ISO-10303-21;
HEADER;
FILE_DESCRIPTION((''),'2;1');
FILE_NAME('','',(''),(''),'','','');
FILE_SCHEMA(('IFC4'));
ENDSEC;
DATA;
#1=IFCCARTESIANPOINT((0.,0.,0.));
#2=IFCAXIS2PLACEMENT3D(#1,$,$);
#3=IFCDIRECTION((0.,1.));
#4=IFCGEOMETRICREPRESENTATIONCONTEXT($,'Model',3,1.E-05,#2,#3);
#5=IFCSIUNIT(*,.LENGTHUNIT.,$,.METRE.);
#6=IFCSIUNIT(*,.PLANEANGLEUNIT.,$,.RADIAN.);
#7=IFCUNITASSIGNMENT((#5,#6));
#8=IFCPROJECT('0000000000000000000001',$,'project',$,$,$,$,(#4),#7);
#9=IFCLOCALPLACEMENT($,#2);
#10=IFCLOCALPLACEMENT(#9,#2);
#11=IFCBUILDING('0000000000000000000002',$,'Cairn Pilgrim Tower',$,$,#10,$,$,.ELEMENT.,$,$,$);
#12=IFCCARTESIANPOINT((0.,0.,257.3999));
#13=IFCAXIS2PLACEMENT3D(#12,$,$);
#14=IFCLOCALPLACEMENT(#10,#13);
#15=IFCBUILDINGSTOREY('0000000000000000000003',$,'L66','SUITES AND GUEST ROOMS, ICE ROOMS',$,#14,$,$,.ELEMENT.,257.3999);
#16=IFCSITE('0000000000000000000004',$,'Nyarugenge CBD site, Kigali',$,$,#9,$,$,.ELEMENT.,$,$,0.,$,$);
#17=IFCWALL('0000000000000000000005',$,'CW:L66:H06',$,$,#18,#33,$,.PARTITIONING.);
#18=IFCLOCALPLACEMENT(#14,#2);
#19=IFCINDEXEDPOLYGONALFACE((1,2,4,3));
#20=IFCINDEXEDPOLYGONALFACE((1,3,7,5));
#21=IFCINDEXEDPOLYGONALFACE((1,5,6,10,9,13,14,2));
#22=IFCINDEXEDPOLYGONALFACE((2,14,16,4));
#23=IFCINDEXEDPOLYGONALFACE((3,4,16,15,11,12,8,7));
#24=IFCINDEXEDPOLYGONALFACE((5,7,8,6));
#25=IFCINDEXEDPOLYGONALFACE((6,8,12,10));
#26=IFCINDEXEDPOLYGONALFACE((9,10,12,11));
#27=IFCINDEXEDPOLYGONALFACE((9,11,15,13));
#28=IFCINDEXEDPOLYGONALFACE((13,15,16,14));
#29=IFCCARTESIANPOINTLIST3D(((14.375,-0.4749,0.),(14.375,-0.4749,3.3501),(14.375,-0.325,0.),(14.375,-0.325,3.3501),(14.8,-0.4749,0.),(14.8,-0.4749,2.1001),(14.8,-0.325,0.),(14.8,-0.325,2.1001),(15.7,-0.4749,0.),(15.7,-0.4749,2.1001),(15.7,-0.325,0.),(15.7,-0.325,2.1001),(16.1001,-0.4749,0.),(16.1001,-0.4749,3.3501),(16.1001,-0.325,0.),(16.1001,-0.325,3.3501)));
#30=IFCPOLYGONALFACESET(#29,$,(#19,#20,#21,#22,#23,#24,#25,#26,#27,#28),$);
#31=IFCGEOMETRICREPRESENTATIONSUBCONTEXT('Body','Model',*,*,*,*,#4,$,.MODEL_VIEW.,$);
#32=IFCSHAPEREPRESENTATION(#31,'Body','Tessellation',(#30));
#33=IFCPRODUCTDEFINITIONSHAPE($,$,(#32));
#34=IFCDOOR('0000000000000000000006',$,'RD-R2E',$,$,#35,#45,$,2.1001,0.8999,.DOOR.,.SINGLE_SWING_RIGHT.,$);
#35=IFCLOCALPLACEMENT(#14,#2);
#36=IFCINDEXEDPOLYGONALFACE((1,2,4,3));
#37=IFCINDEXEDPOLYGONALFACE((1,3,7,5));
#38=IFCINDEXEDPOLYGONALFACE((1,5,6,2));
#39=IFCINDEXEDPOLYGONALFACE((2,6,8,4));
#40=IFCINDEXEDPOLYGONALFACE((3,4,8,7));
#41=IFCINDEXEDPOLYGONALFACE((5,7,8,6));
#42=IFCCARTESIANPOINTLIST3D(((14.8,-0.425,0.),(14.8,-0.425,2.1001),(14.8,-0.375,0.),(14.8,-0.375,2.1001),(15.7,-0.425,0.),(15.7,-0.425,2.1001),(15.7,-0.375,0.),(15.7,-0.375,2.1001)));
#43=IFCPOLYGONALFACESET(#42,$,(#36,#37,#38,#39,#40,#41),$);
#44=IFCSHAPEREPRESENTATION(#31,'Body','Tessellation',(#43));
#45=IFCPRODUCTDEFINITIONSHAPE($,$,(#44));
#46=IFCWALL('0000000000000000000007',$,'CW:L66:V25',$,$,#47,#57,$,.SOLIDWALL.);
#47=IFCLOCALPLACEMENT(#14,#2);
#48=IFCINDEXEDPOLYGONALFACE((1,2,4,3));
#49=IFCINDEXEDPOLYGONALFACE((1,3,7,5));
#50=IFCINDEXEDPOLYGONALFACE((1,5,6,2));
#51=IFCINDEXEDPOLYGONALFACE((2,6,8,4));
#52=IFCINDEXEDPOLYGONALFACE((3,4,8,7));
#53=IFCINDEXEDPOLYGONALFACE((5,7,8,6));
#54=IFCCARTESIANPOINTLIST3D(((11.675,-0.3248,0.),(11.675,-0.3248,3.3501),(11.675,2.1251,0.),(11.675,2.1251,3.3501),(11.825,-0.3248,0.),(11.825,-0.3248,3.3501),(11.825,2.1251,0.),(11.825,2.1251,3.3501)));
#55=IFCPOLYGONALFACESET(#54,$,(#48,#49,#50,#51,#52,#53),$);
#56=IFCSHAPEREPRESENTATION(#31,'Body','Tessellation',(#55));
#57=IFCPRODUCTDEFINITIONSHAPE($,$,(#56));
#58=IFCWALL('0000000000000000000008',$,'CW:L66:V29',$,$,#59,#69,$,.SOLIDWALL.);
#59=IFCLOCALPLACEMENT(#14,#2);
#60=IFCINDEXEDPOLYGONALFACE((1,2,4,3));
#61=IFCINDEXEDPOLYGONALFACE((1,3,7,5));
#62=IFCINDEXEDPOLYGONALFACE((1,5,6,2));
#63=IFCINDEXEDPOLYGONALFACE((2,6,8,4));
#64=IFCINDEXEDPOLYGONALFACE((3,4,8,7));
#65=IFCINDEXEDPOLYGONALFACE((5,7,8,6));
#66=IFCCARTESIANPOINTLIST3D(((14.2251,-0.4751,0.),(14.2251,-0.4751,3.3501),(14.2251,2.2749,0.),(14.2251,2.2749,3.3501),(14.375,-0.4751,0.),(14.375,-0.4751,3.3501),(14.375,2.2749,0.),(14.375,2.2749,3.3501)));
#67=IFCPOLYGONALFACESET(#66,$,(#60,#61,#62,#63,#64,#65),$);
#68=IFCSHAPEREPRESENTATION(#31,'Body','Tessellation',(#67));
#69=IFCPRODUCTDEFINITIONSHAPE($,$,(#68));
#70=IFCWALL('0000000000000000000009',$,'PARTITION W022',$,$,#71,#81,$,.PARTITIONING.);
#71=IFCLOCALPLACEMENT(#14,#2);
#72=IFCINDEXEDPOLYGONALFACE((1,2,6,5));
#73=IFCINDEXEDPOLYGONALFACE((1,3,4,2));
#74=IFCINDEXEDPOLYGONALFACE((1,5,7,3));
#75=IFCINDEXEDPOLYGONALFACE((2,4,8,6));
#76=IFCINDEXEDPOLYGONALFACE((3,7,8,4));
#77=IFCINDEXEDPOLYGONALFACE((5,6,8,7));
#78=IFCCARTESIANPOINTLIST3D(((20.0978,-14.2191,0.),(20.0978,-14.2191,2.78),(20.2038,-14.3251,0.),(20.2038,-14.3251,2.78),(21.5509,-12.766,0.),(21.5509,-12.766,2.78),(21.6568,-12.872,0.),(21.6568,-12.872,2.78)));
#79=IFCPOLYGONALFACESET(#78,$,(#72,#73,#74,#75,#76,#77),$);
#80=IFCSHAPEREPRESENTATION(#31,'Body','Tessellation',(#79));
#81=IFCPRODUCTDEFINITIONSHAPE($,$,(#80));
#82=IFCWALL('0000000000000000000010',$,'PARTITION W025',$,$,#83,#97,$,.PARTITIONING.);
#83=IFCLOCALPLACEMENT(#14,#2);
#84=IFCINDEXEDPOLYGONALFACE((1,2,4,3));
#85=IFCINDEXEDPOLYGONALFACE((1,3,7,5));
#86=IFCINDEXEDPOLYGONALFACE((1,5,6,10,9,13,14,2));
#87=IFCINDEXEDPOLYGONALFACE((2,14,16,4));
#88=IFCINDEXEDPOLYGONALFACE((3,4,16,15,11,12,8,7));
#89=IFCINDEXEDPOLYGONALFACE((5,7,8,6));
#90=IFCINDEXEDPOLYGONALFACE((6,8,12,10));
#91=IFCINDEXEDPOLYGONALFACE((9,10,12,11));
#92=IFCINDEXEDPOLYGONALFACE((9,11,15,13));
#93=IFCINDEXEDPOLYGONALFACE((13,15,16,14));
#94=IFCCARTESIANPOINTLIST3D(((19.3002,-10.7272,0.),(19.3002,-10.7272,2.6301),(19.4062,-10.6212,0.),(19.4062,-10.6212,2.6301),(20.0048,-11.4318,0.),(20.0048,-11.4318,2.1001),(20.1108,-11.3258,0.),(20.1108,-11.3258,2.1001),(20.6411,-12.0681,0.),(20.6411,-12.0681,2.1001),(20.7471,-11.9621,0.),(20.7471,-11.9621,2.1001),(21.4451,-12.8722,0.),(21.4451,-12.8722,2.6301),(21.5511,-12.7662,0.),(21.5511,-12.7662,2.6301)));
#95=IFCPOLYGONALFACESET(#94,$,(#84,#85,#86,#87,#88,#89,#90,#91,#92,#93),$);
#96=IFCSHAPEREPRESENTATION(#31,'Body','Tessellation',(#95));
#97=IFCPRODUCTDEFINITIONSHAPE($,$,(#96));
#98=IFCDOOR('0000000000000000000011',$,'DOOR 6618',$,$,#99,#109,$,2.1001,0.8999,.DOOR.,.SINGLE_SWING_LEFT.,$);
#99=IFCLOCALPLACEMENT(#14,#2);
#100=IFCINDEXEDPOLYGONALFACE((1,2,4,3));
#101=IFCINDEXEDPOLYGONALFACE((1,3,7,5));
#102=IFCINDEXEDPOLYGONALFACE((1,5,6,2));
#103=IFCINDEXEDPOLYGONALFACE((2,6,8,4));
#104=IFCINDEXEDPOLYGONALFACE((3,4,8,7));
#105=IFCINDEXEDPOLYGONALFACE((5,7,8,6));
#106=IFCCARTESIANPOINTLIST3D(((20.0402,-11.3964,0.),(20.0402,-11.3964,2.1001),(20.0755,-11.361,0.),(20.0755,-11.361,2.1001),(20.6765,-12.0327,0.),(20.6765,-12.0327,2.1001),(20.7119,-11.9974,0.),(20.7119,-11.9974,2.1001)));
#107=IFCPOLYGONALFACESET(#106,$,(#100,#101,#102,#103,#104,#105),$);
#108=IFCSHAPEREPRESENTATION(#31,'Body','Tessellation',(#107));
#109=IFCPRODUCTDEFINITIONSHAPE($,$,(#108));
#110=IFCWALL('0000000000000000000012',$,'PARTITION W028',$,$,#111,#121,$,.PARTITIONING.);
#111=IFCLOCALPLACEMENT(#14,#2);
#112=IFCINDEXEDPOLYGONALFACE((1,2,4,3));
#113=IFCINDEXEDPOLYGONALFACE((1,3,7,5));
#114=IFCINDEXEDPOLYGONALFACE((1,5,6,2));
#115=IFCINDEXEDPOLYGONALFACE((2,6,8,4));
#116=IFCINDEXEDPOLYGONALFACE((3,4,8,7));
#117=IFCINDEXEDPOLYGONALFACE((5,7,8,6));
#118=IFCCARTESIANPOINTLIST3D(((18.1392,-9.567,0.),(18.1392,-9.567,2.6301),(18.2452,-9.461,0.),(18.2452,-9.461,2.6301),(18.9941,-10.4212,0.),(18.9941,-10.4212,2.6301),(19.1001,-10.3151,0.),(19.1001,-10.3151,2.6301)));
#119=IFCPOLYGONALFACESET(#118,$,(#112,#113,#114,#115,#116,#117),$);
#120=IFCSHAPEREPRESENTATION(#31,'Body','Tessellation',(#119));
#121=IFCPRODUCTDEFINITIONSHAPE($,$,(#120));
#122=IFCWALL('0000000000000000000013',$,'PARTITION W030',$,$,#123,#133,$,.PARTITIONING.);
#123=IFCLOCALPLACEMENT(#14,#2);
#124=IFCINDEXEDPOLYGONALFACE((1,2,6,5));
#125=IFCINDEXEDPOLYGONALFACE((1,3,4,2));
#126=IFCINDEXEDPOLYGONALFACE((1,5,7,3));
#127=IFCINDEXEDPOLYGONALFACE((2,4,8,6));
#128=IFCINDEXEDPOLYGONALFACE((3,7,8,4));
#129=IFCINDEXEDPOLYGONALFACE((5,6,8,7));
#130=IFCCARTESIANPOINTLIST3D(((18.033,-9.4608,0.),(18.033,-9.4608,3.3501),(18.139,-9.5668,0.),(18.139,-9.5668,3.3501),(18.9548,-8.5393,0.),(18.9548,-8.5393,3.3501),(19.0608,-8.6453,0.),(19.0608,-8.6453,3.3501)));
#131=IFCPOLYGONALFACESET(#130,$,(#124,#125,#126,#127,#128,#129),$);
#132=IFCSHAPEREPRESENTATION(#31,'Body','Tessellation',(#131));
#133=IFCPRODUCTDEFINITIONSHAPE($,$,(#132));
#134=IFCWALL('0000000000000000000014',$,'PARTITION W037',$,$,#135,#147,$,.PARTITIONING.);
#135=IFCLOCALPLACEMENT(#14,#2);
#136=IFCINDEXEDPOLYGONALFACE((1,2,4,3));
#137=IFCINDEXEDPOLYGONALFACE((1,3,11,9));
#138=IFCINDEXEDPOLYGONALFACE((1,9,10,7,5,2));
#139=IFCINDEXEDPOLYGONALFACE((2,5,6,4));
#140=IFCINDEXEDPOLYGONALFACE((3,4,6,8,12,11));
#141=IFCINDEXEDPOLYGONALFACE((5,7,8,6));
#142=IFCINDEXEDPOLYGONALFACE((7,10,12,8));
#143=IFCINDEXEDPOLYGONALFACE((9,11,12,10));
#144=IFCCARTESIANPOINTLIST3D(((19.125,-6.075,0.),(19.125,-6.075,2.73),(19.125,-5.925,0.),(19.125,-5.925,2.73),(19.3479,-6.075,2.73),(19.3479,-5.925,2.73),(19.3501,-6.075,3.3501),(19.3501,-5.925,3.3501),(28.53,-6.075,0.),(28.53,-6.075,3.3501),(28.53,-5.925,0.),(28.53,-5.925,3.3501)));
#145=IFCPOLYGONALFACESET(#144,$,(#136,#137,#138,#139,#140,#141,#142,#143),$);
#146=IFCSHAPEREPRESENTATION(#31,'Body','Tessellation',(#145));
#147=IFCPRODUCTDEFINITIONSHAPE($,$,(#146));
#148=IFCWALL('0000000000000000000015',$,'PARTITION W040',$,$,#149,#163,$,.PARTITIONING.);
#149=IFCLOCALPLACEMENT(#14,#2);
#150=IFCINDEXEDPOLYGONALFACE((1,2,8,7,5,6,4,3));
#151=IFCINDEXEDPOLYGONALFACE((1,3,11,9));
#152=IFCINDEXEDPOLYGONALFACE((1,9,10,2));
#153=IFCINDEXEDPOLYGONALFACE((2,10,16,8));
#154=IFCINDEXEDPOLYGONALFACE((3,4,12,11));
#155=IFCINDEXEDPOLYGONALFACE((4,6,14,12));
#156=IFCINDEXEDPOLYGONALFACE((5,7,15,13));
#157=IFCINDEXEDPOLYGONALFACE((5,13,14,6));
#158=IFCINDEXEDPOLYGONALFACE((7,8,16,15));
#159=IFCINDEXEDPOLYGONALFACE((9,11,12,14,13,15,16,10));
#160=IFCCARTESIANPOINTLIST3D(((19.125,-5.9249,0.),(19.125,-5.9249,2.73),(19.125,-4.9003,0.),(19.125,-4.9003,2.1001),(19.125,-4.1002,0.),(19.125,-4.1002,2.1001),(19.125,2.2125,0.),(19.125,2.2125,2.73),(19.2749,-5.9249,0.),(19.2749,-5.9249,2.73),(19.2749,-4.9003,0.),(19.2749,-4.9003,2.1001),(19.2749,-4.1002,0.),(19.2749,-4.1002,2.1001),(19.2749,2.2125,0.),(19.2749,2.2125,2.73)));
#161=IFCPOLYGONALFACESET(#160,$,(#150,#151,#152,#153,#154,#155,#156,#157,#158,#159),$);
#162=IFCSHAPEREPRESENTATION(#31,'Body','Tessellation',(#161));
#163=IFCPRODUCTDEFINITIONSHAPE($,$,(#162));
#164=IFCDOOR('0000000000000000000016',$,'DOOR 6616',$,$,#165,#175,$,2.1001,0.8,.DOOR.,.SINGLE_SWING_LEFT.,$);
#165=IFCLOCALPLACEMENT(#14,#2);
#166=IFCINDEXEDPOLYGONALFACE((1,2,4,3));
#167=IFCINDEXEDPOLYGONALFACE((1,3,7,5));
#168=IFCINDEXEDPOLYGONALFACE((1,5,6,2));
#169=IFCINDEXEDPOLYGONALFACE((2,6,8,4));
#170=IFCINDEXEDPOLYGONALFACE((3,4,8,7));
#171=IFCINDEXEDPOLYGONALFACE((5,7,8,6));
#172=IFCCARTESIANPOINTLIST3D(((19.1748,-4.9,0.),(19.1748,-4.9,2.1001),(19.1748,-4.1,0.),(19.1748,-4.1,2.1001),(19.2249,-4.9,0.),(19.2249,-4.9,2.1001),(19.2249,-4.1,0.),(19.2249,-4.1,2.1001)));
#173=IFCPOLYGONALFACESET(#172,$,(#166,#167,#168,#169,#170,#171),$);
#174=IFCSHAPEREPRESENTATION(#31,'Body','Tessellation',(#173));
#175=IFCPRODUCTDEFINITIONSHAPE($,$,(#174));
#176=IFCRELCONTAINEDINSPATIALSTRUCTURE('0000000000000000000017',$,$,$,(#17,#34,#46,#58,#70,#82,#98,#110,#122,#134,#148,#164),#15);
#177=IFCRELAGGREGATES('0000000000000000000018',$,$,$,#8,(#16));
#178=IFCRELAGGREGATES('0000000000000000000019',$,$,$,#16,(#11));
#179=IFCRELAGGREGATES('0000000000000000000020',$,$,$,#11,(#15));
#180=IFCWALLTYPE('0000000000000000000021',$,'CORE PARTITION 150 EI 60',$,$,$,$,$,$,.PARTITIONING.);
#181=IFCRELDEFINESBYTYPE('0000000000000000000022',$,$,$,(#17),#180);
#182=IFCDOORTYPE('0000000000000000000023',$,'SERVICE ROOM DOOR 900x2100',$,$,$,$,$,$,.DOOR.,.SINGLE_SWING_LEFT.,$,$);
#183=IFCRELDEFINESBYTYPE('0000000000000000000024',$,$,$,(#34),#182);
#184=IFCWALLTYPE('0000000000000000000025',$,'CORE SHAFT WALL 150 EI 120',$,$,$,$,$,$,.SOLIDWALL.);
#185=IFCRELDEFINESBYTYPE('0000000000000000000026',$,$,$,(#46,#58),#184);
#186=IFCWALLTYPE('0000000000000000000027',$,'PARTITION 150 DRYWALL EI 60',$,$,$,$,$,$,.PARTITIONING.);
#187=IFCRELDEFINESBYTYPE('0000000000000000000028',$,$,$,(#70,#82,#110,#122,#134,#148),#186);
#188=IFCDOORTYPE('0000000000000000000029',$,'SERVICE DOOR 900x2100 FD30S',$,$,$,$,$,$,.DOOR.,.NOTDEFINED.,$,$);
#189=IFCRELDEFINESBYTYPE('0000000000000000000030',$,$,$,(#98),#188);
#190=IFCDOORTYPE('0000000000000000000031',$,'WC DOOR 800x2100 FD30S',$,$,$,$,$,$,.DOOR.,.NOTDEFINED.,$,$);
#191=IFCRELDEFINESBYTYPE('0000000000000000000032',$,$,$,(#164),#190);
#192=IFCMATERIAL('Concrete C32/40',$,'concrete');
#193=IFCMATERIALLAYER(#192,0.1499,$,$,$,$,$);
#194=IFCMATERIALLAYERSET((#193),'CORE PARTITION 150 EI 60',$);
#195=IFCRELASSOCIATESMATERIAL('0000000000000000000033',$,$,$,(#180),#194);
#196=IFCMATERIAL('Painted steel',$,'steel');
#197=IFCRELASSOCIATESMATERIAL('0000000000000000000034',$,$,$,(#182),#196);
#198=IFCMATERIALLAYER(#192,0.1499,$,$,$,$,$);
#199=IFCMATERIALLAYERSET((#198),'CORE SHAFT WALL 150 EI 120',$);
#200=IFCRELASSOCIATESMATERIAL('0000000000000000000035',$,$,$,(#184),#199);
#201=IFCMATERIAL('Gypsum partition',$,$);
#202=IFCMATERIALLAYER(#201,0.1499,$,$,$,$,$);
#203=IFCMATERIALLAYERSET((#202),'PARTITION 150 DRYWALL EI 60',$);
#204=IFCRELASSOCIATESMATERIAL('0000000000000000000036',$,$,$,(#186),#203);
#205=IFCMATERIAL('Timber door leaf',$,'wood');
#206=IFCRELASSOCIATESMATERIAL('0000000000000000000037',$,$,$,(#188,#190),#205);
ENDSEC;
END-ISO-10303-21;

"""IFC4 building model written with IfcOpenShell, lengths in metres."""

from ifc_helpers import new_model, si_unit, direction, frame, frame_2d, origin, place, context, subcontext, project, spatial, polyline, rectangle, outline, extrude, material, layer, layer_set, type_object, element, fill, save


model = new_model("IFC4")

# Units and contexts
model_context = context("Model", 3, precision=1e-05, world=origin(), true_north=direction((0.0, 1.0)))
body_context = subcontext(model_context, "Body", "Model", "MODEL_VIEW")
ifc_project = project(units=[si_unit("LENGTHUNIT", "METRE"), si_unit("PLANEANGLEUNIT", "RADIAN")], contexts=[model_context])

# Site, building, storey
site_placement = place(None, origin())
site = spatial("IfcSite", under=ifc_project, at=site_placement, Name="Nyarugenge CBD site, Kigali", CompositionType="ELEMENT", RefElevation=0.0)
building_placement = place(site_placement, origin())
building = spatial("IfcBuilding", under=site, at=building_placement, Name="Cairn Pilgrim Tower", CompositionType="ELEMENT")
storey_placement = place(building_placement, frame((0.0, 0.0, 257.3999)))
storey = spatial("IfcBuildingStorey", under=building, at=storey_placement, Name="L66", Description="SUITES AND GUEST ROOMS, ICE ROOMS", CompositionType="ELEMENT", Elevation=257.3999)

# Shared definitions
ifc_material_1 = material(Name="Concrete C32/40", Category="concrete")

# Shared definitions
ifc_material_2 = material(Name="Painted steel", Category="steel")

# Wall, opening, door
ifc_layer_1 = layer(ifc_material_1, 0.1499)
ifc_layer_set_1 = layer_set([ifc_layer_1], Name="CORE PARTITION 150 EI 60")
wall_type_1 = type_object("IfcWallType", Name="CORE PARTITION 150 EI 60", PredefinedType="PARTITIONING", material=ifc_layer_set_1)
wall_1_placement = place(storey_placement, frame((14.375, -0.3999, 0.0), z_axis=(0.0, 0.0, 1.0), x_axis=(1.0, 0.0, 0.0)))
wall_1 = element("IfcWall", 1, at=wall_1_placement, inside=storey, type_object=wall_type_1, Name="CW:L66:H06", PredefinedType="PARTITIONING", context=body_context, shape_type="SweptSolid", body=[
    extrude(rectangle(XDim=1.7251, YDim=0.1499, at=frame_2d((0.8625, 0.0))), origin(), (0.0, 0.0, 1.0), 3.3501),
])
opening_1_placement = place(wall_1_placement, frame((0.425, 0.0, 0.0)))
opening_1 = element("IfcOpeningElement", 2, at=opening_1_placement, cuts=wall_1, PredefinedType="OPENING", context=body_context, shape_type="SweptSolid", body=[
    extrude(rectangle(XDim=0.8999, YDim=2.1001, at=frame_2d((0.45, 1.05))), frame((0.0, 0.085, 0.0), z_axis=(0.0, -1.0, 0.0), x_axis=(1.0, 0.0, 0.0)), (0.0, 0.0, 1.0), 0.1699),
])
door_type_1 = type_object("IfcDoorType", Name="SERVICE ROOM DOOR 900x2100", OperationType="SINGLE_SWING_LEFT", PredefinedType="DOOR", material=ifc_material_2)
door_1_placement = place(opening_1_placement, origin())
door_1 = element("IfcDoor", 3, at=door_1_placement, inside=storey, type_object=door_type_1, Name="RD-R2E", OperationType="SINGLE_SWING_RIGHT", OverallHeight=2.1001, OverallWidth=0.8999, PredefinedType="DOOR", context=body_context, shape_type="SweptSolid", body=[
    extrude(rectangle(XDim=0.8999, YDim=2.1001, at=frame_2d((0.45, 1.05))), frame((0.0, 0.0249, 0.0), z_axis=(0.0, -1.0, 0.0), x_axis=(1.0, 0.0, 0.0)), (0.0, 0.0, 1.0), 0.05),
])
fill(opening_1, door_1)

# Walls
ifc_layer_2 = layer(ifc_material_1, 0.1499)
ifc_layer_set_2 = layer_set([ifc_layer_2], Name="CORE SHAFT WALL 150 EI 120")
wall_type_2 = type_object("IfcWallType", Name="CORE SHAFT WALL 150 EI 120", PredefinedType="SOLIDWALL", material=ifc_layer_set_2)
wall_2_placement = place(storey_placement, frame((11.75, -0.325, 0.0), z_axis=(0.0, 0.0, 1.0), x_axis=(0.0, 1.0, 0.0)))
element("IfcWall", 4, at=wall_2_placement, inside=storey, type_object=wall_type_2, Name="CW:L66:V25", PredefinedType="SOLIDWALL", context=body_context, shape_type="SweptSolid", body=[
    extrude(rectangle(XDim=2.45, YDim=0.1499, at=frame_2d((1.2251, 0.0))), origin(), (0.0, 0.0, 1.0), 3.3501),
])
wall_3_placement = place(storey_placement, frame((14.3, -0.4751, 0.0), z_axis=(0.0, 0.0, 1.0), x_axis=(0.0, 1.0, 0.0)))
element("IfcWall", 5, at=wall_3_placement, inside=storey, type_object=wall_type_2, Name="CW:L66:V29", PredefinedType="SOLIDWALL", context=body_context, shape_type="SweptSolid", body=[
    extrude(rectangle(XDim=2.75, YDim=0.1499, at=frame_2d((1.375, 0.0))), origin(), (0.0, 0.0, 1.0), 3.3501),
])
ifc_material_3 = material(Name="Gypsum partition")
ifc_layer_3 = layer(ifc_material_3, 0.1499)
ifc_layer_set_3 = layer_set([ifc_layer_3], Name="PARTITION 150 DRYWALL EI 60")
wall_type_3 = type_object("IfcWallType", Name="PARTITION 150 DRYWALL EI 60", PredefinedType="PARTITIONING", material=ifc_layer_set_3)
wall_4_placement = place(storey_placement, frame((20.1509, -14.272, 0.0), z_axis=(0.0, 0.0, 1.0), x_axis=(0.707107, 0.707107, 0.0)))
element("IfcWall", 6, at=wall_4_placement, inside=storey, type_object=wall_type_3, Name="PARTITION W022", PredefinedType="PARTITIONING", context=body_context, shape_type="SweptSolid", body=[
    extrude(rectangle(XDim=2.0549, YDim=0.1499, at=frame_2d((1.0273, 0.0))), origin(), (0.0, 0.0, 1.0), 2.78),
])

# Wall, opening, door
wall_5_placement = place(storey_placement, frame((21.498, -12.8191, 0.0), z_axis=(0.0, 0.0, 1.0), x_axis=(-0.707107, 0.707107, 0.0)))
wall_5 = element("IfcWall", 7, at=wall_5_placement, inside=storey, type_object=wall_type_3, Name="PARTITION W025", PredefinedType="PARTITIONING", context=body_context, shape_type="SweptSolid", body=[
    extrude(rectangle(XDim=3.0334, YDim=0.1499, at=frame_2d((1.5166, 0.0))), origin(), (0.0, 0.0, 1.0), 2.6301),
])
opening_2_placement = place(wall_5_placement, frame((1.137, 0.0, 0.0)))
opening_2 = element("IfcOpeningElement", 8, at=opening_2_placement, cuts=wall_5, PredefinedType="OPENING", context=body_context, shape_type="SweptSolid", body=[
    extrude(rectangle(XDim=0.8999, YDim=2.1001, at=frame_2d((0.45, 1.05))), frame((0.0, 0.085, 0.0), z_axis=(0.0, -1.0, 0.0), x_axis=(1.0, 0.0, 0.0)), (0.0, 0.0, 1.0), 0.1699),
])
ifc_material_4 = material(Name="Timber door leaf", Category="wood")
door_type_2 = type_object("IfcDoorType", Name="SERVICE DOOR 900x2100 FD30S", OperationType="NOTDEFINED", PredefinedType="DOOR", material=ifc_material_4)
door_2_placement = place(opening_2_placement, origin())
door_2 = element("IfcDoor", 9, at=door_2_placement, inside=storey, type_object=door_type_2, Name="DOOR 6618", OperationType="SINGLE_SWING_LEFT", OverallHeight=2.1001, OverallWidth=0.8999, PredefinedType="DOOR", context=body_context, shape_type="SweptSolid", body=[
    extrude(rectangle(XDim=0.8999, YDim=2.1001, at=frame_2d((0.45, 1.05))), frame((0.0, 0.0249, 0.0), z_axis=(0.0, -1.0, 0.0), x_axis=(1.0, 0.0, 0.0)), (0.0, 0.0, 1.0), 0.05),
])
fill(opening_2, door_2)

# Walls
wall_6_placement = place(storey_placement, frame((19.0471, -10.3682, 0.0), z_axis=(0.0, 0.0, 1.0), x_axis=(-0.70741, 0.706804, 0.0)))
element("IfcWall", 10, at=wall_6_placement, inside=storey, type_object=wall_type_3, Name="PARTITION W028", PredefinedType="PARTITIONING", context=body_context, shape_type="SweptSolid", body=[
    extrude(rectangle(XDim=1.2085, YDim=0.1499, at=frame_2d((0.6042, 0.0))), origin(), (0.0, 0.0, 1.0), 2.6301),
])
wall_7_placement = place(storey_placement, frame((18.0859, -9.5139, 0.0), z_axis=(0.0, 0.0, 1.0), x_axis=(0.7072, 0.707013, 0.0)))
element("IfcWall", 11, at=wall_7_placement, inside=storey, type_object=wall_type_3, Name="PARTITION W030", PredefinedType="PARTITIONING", context=body_context, shape_type="SweptSolid", body=[
    extrude(rectangle(XDim=1.3035, YDim=0.1499, at=frame_2d((0.6519, 0.0))), origin(), (0.0, 0.0, 1.0), 3.3501),
])
wall_8_placement = place(storey_placement, frame((19.125, -6.0, 0.0), z_axis=(0.0, 0.0, 1.0), x_axis=(1.0, 0.0, 0.0)))
element("IfcWall", 12, at=wall_8_placement, inside=storey, type_object=wall_type_3, Name="PARTITION W037", PredefinedType="PARTITIONING", context=body_context, shape_type="SweptSolid", body=[
    extrude(outline(polyline([(0.0, 0.0), (9.405, 0.0), (9.405, 3.3501), (0.2251, 3.3501), (0.2229, 2.73), (0.0, 2.73), (0.0, 0.0)])), frame((0.0, 0.075, 0.0), z_axis=(0.0, -1.0, 0.0), x_axis=(1.0, 0.0, 0.0)), (0.0, 0.0, 1.0), 0.1499),
])

# Wall, opening, door
wall_9_placement = place(storey_placement, frame((19.2, -5.925, 0.0), z_axis=(0.0, 0.0, 1.0), x_axis=(0.0, 1.0, 0.0)))
wall_9 = element("IfcWall", 13, at=wall_9_placement, inside=storey, type_object=wall_type_3, Name="PARTITION W040", PredefinedType="PARTITIONING", context=body_context, shape_type="SweptSolid", body=[
    extrude(rectangle(XDim=8.1375, YDim=0.1499, at=frame_2d((4.0688, 0.0))), origin(), (0.0, 0.0, 1.0), 2.73),
])
opening_3_placement = place(wall_9_placement, frame((1.0249, 0.0, 0.0)))
opening_3 = element("IfcOpeningElement", 14, at=opening_3_placement, cuts=wall_9, PredefinedType="OPENING", context=body_context, shape_type="SweptSolid", body=[
    extrude(rectangle(XDim=0.8, YDim=2.1001, at=frame_2d((0.3999, 1.05))), frame((0.0, 0.085, 0.0), z_axis=(0.0, -1.0, 0.0), x_axis=(1.0, 0.0, 0.0)), (0.0, 0.0, 1.0), 0.1699),
])
door_type_3 = type_object("IfcDoorType", Name="WC DOOR 800x2100 FD30S", OperationType="NOTDEFINED", PredefinedType="DOOR", material=ifc_material_4)
door_3_placement = place(opening_3_placement, frame((0.8, 0.0, 0.0), z_axis=(0.0, 0.0, 1.0), x_axis=(-1.0, 0.0, 0.0)))
door_3 = element("IfcDoor", 15, at=door_3_placement, inside=storey, type_object=door_type_3, Name="DOOR 6616", OperationType="SINGLE_SWING_LEFT", OverallHeight=2.1001, OverallWidth=0.8, PredefinedType="DOOR", context=body_context, shape_type="SweptSolid", body=[
    extrude(rectangle(XDim=0.8, YDim=2.1001, at=frame_2d((0.3999, 1.05))), frame((0.0, 0.0249, 0.0), z_axis=(0.0, -1.0, 0.0), x_axis=(1.0, 0.0, 0.0)), (0.0, 0.0, 1.0), 0.05),
])
fill(opening_3, door_3)

save(model, "model.ifc")
